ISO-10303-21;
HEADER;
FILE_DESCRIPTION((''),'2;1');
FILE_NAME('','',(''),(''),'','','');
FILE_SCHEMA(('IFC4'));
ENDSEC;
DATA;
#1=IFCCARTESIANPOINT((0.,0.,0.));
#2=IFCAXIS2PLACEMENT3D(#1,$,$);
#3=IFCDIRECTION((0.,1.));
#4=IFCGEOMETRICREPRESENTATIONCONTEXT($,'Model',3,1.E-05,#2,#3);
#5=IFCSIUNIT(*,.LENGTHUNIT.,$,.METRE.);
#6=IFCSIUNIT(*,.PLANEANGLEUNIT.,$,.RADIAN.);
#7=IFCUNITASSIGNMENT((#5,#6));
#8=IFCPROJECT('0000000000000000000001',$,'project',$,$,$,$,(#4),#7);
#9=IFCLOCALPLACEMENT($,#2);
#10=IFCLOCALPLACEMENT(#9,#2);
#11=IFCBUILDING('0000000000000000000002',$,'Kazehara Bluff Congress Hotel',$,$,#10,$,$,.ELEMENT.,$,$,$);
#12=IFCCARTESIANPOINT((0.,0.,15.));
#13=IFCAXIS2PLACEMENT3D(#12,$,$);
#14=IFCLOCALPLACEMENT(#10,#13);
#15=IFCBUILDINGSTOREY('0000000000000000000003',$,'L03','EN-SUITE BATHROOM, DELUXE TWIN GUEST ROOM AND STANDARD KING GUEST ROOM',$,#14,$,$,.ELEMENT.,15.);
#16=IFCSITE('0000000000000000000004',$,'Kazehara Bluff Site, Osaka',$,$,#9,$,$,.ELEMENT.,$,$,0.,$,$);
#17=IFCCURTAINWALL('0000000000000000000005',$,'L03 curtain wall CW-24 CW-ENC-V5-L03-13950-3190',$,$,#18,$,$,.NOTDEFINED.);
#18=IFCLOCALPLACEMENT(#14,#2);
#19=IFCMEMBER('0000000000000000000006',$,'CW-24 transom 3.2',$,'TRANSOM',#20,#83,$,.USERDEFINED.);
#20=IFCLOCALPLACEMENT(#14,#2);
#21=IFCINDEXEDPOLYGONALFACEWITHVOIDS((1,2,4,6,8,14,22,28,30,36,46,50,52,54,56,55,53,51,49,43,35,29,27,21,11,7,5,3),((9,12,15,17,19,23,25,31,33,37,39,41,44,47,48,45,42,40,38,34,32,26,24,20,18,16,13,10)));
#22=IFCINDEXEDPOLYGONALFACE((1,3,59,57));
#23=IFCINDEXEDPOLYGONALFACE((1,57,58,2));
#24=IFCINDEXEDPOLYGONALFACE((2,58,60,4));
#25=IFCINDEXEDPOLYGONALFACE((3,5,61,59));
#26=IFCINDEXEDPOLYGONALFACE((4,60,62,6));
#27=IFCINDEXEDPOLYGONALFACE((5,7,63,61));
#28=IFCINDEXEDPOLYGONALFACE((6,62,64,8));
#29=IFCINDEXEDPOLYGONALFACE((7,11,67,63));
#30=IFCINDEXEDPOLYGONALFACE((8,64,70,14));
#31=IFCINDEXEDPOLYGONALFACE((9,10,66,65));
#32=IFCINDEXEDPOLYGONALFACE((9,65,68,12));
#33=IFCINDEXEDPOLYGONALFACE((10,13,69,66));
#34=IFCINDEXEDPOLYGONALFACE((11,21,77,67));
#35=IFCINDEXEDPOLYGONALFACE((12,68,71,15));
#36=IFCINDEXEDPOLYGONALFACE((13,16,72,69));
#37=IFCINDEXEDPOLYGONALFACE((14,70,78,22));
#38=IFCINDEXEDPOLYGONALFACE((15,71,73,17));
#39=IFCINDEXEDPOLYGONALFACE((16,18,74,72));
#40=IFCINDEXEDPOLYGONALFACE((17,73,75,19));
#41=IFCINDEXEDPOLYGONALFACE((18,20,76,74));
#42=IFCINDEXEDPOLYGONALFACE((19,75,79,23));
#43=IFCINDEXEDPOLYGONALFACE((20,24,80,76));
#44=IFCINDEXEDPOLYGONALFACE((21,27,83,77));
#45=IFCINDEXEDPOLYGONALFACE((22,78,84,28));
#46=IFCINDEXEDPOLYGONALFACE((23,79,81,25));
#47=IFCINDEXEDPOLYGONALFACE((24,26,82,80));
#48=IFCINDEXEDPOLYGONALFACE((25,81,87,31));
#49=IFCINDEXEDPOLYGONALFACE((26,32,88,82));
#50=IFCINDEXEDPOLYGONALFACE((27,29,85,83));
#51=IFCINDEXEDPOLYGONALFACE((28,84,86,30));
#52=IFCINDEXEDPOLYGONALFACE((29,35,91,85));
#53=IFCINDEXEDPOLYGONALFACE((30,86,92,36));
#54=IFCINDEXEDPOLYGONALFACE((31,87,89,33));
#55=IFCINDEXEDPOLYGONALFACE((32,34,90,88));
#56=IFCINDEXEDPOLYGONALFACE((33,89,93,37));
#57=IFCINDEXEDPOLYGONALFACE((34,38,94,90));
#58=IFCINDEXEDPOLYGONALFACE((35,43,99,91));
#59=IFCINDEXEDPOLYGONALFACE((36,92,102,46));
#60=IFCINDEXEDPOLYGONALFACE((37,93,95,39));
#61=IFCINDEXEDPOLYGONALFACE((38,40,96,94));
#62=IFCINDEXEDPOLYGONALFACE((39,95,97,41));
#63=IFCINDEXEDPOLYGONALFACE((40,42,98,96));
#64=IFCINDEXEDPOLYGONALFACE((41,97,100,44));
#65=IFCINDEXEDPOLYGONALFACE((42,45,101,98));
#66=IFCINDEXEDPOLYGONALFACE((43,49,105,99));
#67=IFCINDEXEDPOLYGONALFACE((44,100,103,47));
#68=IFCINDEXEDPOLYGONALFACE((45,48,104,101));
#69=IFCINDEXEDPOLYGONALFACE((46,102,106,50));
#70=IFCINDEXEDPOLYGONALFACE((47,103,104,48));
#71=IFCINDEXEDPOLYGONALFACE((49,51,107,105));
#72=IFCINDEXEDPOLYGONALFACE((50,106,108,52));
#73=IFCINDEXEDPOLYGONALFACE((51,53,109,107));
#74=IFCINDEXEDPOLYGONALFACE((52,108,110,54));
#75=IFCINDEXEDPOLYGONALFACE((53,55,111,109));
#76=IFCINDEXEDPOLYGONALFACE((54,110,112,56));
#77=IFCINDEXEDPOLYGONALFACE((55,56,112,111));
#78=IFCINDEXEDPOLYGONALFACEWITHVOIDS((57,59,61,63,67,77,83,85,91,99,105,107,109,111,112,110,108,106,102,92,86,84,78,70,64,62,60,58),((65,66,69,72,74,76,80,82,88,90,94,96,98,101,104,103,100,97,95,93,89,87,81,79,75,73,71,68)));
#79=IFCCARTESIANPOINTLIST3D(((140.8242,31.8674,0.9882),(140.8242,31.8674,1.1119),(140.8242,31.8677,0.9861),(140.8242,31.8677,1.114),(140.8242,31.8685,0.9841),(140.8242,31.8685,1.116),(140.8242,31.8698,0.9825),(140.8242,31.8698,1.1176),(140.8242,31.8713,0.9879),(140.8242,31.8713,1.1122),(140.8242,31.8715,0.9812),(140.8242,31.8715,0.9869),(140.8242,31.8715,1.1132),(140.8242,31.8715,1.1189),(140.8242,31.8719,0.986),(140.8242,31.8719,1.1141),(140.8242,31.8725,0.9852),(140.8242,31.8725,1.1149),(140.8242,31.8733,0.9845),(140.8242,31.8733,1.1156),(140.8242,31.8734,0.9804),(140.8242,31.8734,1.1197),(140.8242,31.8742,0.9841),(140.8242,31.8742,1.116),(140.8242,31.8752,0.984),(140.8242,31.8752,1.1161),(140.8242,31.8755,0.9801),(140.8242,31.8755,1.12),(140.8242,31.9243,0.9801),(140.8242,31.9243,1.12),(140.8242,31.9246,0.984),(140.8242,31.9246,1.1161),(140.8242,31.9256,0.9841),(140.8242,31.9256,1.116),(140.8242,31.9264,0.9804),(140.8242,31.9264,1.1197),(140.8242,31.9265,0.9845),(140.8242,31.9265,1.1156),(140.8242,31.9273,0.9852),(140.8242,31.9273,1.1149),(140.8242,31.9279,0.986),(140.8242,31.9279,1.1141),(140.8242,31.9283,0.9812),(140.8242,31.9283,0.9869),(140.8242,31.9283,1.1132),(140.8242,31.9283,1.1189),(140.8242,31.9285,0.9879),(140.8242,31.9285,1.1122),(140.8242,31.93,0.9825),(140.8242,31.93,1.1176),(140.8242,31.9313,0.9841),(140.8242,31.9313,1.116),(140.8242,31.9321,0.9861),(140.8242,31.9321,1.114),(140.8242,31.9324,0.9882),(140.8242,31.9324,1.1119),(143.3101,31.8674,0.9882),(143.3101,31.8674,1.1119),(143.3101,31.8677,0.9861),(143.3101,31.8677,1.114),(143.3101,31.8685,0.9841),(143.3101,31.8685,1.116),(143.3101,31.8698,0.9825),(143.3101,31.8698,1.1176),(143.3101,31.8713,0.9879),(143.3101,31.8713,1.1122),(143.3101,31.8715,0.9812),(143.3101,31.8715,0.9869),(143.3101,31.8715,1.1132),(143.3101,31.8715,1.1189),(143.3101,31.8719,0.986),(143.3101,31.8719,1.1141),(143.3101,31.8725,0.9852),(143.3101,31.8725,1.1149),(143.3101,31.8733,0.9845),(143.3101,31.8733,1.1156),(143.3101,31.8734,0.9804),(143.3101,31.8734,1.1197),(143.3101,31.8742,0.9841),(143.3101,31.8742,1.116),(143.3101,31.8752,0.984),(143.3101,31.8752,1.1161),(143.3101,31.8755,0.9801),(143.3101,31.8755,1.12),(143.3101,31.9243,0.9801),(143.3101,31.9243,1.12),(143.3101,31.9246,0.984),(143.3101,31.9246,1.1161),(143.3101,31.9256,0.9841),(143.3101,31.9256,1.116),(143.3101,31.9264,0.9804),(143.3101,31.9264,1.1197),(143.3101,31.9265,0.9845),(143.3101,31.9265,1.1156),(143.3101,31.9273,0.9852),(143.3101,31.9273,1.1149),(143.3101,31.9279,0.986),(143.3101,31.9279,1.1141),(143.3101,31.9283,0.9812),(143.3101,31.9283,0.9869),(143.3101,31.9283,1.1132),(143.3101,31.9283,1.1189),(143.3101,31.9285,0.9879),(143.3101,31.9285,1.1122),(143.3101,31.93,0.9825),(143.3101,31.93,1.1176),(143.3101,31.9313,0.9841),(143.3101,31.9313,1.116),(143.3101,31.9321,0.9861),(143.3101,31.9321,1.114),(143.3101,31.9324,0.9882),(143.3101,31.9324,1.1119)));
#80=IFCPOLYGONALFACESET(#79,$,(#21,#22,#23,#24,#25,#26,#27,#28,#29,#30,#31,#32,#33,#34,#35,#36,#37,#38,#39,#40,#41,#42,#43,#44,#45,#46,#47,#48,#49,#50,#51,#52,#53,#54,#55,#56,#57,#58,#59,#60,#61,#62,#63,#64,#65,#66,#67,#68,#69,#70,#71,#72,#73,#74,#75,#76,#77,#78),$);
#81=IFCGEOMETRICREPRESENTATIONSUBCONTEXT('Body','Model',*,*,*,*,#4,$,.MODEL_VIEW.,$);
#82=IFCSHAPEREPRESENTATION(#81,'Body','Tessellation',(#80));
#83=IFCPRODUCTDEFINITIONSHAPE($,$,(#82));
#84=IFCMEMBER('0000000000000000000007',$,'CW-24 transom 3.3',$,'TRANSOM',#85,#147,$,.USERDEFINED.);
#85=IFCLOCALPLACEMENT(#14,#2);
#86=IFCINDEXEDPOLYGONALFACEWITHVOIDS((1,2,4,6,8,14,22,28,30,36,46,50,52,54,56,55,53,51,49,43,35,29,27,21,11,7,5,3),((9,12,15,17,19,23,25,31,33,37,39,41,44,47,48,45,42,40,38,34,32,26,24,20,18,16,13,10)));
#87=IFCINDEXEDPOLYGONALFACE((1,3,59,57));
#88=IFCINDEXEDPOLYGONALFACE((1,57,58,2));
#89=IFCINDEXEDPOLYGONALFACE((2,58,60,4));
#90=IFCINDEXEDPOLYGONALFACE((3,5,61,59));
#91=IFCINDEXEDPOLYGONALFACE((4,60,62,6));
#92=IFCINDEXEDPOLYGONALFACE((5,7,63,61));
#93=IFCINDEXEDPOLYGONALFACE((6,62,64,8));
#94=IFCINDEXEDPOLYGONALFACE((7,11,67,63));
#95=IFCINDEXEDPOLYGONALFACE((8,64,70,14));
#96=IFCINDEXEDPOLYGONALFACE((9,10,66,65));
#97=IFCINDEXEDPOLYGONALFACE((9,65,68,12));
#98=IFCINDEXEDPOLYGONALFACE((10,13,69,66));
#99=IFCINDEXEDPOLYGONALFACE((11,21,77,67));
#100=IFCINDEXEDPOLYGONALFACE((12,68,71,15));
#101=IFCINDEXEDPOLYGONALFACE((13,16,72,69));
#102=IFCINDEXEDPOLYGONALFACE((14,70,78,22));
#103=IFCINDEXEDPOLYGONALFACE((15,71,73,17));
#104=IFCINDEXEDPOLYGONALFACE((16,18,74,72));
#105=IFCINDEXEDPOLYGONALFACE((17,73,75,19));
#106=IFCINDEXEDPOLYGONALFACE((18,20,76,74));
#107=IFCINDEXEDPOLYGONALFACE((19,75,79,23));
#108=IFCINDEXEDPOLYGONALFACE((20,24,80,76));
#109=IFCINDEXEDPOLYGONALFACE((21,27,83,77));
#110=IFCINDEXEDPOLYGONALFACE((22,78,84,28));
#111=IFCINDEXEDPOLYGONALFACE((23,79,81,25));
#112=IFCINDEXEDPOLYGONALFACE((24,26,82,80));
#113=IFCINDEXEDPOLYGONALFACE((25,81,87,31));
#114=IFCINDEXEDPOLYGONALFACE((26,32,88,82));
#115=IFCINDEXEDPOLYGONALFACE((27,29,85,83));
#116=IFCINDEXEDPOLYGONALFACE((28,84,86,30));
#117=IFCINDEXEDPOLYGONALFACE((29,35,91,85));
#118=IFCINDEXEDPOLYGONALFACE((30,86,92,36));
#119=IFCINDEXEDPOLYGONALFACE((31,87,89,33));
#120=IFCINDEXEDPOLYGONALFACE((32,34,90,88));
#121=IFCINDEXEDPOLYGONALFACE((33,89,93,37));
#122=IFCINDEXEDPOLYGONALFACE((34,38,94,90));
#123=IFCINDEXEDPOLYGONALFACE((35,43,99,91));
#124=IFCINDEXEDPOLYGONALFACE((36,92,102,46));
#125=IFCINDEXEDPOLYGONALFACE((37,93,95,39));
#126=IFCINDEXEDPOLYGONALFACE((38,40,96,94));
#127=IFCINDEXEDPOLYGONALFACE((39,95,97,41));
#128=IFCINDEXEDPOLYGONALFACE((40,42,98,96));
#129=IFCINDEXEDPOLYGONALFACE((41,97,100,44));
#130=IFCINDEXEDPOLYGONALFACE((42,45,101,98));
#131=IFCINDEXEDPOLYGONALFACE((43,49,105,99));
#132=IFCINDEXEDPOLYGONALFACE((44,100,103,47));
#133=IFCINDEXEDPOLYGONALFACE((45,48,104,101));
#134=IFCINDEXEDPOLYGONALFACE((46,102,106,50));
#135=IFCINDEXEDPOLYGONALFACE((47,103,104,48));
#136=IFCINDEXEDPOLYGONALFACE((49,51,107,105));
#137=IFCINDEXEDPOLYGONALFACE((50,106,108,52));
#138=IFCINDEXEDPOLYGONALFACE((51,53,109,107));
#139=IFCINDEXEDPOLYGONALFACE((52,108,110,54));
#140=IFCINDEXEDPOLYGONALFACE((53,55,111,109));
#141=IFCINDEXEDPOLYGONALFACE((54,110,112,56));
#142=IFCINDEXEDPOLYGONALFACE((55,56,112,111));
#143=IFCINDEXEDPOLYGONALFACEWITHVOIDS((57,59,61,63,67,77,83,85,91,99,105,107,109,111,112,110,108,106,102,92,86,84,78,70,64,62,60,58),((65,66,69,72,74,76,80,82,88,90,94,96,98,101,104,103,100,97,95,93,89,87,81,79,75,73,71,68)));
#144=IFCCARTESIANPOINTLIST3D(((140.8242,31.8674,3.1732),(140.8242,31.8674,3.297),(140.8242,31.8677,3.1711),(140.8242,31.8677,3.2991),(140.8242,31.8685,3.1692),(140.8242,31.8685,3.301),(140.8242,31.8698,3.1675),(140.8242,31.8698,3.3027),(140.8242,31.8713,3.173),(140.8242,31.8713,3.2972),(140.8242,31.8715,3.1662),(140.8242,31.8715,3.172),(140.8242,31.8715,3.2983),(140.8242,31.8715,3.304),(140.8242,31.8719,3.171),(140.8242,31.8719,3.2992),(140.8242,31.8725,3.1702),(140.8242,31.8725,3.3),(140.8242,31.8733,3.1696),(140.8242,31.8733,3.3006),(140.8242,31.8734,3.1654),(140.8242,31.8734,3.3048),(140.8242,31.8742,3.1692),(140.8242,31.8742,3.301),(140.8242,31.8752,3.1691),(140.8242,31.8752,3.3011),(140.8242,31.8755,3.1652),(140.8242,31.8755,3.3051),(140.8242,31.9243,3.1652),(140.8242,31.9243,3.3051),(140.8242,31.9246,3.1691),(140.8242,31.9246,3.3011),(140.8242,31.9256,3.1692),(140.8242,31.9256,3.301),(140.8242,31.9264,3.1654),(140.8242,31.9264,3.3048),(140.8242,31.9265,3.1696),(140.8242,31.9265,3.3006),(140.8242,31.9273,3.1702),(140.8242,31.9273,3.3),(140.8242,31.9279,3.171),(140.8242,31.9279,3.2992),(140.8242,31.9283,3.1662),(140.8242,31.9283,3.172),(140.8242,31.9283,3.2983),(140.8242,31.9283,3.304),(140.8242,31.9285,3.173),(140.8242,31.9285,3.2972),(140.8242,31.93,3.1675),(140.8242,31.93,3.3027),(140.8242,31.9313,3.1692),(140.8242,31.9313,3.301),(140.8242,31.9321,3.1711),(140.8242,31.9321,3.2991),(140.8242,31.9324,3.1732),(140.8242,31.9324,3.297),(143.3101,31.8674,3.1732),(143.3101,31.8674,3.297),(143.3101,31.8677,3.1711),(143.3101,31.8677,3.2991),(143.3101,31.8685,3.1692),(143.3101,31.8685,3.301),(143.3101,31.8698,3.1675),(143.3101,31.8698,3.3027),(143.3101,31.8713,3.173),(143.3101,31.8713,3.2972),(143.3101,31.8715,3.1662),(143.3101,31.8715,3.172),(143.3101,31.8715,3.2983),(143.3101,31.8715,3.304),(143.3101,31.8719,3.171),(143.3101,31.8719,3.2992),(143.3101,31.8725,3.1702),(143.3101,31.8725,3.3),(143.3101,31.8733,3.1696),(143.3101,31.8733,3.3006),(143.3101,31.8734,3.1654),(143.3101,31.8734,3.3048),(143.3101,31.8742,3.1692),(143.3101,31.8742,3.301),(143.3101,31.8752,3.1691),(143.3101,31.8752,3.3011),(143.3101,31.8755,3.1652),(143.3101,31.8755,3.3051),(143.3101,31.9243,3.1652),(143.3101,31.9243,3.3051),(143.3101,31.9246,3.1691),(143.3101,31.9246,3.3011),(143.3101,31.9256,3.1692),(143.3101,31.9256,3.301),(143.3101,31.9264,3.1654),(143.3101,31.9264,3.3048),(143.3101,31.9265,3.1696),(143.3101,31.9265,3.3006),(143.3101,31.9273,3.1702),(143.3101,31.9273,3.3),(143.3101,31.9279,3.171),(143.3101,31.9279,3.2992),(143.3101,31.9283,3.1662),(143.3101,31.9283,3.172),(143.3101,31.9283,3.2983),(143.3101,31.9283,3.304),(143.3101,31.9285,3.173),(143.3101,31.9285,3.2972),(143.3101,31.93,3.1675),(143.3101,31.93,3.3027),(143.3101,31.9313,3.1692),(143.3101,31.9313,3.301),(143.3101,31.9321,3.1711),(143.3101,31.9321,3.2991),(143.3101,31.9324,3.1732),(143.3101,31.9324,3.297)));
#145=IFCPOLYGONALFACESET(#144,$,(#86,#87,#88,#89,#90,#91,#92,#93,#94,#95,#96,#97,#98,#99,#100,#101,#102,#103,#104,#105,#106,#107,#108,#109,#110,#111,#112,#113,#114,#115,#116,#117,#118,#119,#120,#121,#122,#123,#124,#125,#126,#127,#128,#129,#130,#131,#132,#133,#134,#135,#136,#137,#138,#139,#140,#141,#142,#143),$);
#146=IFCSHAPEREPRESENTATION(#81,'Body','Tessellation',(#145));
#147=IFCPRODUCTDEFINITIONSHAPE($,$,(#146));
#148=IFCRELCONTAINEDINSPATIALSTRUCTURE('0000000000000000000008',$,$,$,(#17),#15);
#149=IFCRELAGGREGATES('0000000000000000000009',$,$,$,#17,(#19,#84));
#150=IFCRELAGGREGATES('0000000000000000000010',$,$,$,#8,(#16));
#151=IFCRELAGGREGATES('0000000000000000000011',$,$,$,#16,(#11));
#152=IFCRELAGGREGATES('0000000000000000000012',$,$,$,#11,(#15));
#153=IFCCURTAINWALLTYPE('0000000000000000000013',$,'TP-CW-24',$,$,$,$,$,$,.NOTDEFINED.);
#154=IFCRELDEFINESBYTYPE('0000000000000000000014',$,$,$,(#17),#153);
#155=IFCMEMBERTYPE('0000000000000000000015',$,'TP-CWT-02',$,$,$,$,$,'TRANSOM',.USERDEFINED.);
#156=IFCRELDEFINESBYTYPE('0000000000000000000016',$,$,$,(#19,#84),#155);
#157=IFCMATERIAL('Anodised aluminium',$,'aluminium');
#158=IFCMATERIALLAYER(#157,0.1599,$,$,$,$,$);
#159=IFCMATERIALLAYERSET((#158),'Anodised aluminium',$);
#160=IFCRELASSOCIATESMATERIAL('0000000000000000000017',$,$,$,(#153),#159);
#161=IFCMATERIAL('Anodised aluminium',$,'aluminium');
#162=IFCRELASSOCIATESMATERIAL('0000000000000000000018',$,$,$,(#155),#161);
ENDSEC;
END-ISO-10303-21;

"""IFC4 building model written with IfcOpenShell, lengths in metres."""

from ifc_helpers import new_model, si_unit, direction, frame, origin, origin_2d, place, context, subcontext, project, spatial, hollow_rectangle, extrude, material, layer, layer_set, material_profile, profile_set, type_object, element, aggregate, save


model = new_model("IFC4")

# Units and contexts
model_context = context("Model", 3, precision=1e-05, world=origin(), true_north=direction((0.0, 1.0)))
body_context = subcontext(model_context, "Body", "Model", "MODEL_VIEW")
ifc_project = project(units=[si_unit("LENGTHUNIT", "METRE"), si_unit("PLANEANGLEUNIT", "RADIAN")], contexts=[model_context])

# Site, building, storey
site_placement = place(None, origin())
site = spatial("IfcSite", under=ifc_project, at=site_placement, Name="Kazehara Bluff Site, Osaka", CompositionType="ELEMENT", RefElevation=0.0)
building_placement = place(site_placement, origin())
building = spatial("IfcBuilding", under=site, at=building_placement, Name="Kazehara Bluff Congress Hotel", CompositionType="ELEMENT")
storey_placement = place(building_placement, frame((0.0, 0.0, 15.0)))
storey = spatial("IfcBuildingStorey", under=building, at=storey_placement, Name="L03", Description="EN-SUITE BATHROOM, DELUXE TWIN GUEST ROOM AND STANDARD KING GUEST ROOM", CompositionType="ELEMENT", Elevation=15.0)

# Shared definitions
ifc_material_1 = material(Name="Anodised aluminium", Category="aluminium")
ifc_layer_1 = layer(ifc_material_1, 0.1599)
ifc_layer_set_1 = layer_set([ifc_layer_1], Name="Anodised aluminium")
curtain_wall_type = type_object("IfcCurtainWallType", Name="TP-CW-24", PredefinedType="NOTDEFINED", material=ifc_layer_set_1)

# Curtain wall
curtain_wall_1_placement = place(storey_placement, origin())
curtain_wall_1 = element("IfcCurtainWall", 1, at=curtain_wall_1_placement, inside=storey, type_object=curtain_wall_type, Name="L03 curtain wall CW-24 CW-ENC-V5-L03-13950-3190", PredefinedType="NOTDEFINED")

# Members
ifc_material_2 = material(Name="Anodised aluminium", Category="aluminium")
ifc_material_profile_1 = material_profile(ifc_material_2, hollow_rectangle(XDim=0.0649, YDim=0.1399, WallThickness=0.0039, InnerFilletRadius=0.0039, OuterFilletRadius=0.0081, at=origin_2d()))
ifc_profile_set_1 = profile_set([ifc_material_profile_1], Name="Anodised aluminium")
member_type_1 = type_object("IfcMemberType", Name="TP-CWT-02", ElementType="TRANSOM", PredefinedType="USERDEFINED", material=ifc_profile_set_1)
member_1_placement = place(storey_placement, frame((140.8242, 31.8999, 1.05), z_axis=(1.0, 0.0, 0.0), x_axis=(0.0, 1.0, 0.0)))
member_1 = element("IfcMember", 2, at=member_1_placement, type_object=member_type_1, Name="CW-24 transom 3.2", ObjectType="TRANSOM", PredefinedType="USERDEFINED", context=body_context, shape_type="SweptSolid", body=[
    extrude(hollow_rectangle(XDim=0.0649, YDim=0.1399, WallThickness=0.0039, InnerFilletRadius=0.0039, OuterFilletRadius=0.0081, at=origin_2d()), origin(), (0.0, 0.0, 1.0), 2.4858),
])
member_2_placement = place(storey_placement, frame((140.8242, 31.8999, 3.2351), z_axis=(1.0, 0.0, 0.0), x_axis=(0.0, 1.0, 0.0)))
member_2 = element("IfcMember", 3, at=member_2_placement, type_object=member_type_1, Name="CW-24 transom 3.3", ObjectType="TRANSOM", PredefinedType="USERDEFINED", context=body_context, shape_type="SweptSolid", body=[
    extrude(hollow_rectangle(XDim=0.0649, YDim=0.1399, WallThickness=0.0039, InnerFilletRadius=0.0039, OuterFilletRadius=0.0081, at=origin_2d()), origin(), (0.0, 0.0, 1.0), 2.4858),
])

aggregate(curtain_wall_1, [member_1, member_2])

save(model, "model.ifc")
